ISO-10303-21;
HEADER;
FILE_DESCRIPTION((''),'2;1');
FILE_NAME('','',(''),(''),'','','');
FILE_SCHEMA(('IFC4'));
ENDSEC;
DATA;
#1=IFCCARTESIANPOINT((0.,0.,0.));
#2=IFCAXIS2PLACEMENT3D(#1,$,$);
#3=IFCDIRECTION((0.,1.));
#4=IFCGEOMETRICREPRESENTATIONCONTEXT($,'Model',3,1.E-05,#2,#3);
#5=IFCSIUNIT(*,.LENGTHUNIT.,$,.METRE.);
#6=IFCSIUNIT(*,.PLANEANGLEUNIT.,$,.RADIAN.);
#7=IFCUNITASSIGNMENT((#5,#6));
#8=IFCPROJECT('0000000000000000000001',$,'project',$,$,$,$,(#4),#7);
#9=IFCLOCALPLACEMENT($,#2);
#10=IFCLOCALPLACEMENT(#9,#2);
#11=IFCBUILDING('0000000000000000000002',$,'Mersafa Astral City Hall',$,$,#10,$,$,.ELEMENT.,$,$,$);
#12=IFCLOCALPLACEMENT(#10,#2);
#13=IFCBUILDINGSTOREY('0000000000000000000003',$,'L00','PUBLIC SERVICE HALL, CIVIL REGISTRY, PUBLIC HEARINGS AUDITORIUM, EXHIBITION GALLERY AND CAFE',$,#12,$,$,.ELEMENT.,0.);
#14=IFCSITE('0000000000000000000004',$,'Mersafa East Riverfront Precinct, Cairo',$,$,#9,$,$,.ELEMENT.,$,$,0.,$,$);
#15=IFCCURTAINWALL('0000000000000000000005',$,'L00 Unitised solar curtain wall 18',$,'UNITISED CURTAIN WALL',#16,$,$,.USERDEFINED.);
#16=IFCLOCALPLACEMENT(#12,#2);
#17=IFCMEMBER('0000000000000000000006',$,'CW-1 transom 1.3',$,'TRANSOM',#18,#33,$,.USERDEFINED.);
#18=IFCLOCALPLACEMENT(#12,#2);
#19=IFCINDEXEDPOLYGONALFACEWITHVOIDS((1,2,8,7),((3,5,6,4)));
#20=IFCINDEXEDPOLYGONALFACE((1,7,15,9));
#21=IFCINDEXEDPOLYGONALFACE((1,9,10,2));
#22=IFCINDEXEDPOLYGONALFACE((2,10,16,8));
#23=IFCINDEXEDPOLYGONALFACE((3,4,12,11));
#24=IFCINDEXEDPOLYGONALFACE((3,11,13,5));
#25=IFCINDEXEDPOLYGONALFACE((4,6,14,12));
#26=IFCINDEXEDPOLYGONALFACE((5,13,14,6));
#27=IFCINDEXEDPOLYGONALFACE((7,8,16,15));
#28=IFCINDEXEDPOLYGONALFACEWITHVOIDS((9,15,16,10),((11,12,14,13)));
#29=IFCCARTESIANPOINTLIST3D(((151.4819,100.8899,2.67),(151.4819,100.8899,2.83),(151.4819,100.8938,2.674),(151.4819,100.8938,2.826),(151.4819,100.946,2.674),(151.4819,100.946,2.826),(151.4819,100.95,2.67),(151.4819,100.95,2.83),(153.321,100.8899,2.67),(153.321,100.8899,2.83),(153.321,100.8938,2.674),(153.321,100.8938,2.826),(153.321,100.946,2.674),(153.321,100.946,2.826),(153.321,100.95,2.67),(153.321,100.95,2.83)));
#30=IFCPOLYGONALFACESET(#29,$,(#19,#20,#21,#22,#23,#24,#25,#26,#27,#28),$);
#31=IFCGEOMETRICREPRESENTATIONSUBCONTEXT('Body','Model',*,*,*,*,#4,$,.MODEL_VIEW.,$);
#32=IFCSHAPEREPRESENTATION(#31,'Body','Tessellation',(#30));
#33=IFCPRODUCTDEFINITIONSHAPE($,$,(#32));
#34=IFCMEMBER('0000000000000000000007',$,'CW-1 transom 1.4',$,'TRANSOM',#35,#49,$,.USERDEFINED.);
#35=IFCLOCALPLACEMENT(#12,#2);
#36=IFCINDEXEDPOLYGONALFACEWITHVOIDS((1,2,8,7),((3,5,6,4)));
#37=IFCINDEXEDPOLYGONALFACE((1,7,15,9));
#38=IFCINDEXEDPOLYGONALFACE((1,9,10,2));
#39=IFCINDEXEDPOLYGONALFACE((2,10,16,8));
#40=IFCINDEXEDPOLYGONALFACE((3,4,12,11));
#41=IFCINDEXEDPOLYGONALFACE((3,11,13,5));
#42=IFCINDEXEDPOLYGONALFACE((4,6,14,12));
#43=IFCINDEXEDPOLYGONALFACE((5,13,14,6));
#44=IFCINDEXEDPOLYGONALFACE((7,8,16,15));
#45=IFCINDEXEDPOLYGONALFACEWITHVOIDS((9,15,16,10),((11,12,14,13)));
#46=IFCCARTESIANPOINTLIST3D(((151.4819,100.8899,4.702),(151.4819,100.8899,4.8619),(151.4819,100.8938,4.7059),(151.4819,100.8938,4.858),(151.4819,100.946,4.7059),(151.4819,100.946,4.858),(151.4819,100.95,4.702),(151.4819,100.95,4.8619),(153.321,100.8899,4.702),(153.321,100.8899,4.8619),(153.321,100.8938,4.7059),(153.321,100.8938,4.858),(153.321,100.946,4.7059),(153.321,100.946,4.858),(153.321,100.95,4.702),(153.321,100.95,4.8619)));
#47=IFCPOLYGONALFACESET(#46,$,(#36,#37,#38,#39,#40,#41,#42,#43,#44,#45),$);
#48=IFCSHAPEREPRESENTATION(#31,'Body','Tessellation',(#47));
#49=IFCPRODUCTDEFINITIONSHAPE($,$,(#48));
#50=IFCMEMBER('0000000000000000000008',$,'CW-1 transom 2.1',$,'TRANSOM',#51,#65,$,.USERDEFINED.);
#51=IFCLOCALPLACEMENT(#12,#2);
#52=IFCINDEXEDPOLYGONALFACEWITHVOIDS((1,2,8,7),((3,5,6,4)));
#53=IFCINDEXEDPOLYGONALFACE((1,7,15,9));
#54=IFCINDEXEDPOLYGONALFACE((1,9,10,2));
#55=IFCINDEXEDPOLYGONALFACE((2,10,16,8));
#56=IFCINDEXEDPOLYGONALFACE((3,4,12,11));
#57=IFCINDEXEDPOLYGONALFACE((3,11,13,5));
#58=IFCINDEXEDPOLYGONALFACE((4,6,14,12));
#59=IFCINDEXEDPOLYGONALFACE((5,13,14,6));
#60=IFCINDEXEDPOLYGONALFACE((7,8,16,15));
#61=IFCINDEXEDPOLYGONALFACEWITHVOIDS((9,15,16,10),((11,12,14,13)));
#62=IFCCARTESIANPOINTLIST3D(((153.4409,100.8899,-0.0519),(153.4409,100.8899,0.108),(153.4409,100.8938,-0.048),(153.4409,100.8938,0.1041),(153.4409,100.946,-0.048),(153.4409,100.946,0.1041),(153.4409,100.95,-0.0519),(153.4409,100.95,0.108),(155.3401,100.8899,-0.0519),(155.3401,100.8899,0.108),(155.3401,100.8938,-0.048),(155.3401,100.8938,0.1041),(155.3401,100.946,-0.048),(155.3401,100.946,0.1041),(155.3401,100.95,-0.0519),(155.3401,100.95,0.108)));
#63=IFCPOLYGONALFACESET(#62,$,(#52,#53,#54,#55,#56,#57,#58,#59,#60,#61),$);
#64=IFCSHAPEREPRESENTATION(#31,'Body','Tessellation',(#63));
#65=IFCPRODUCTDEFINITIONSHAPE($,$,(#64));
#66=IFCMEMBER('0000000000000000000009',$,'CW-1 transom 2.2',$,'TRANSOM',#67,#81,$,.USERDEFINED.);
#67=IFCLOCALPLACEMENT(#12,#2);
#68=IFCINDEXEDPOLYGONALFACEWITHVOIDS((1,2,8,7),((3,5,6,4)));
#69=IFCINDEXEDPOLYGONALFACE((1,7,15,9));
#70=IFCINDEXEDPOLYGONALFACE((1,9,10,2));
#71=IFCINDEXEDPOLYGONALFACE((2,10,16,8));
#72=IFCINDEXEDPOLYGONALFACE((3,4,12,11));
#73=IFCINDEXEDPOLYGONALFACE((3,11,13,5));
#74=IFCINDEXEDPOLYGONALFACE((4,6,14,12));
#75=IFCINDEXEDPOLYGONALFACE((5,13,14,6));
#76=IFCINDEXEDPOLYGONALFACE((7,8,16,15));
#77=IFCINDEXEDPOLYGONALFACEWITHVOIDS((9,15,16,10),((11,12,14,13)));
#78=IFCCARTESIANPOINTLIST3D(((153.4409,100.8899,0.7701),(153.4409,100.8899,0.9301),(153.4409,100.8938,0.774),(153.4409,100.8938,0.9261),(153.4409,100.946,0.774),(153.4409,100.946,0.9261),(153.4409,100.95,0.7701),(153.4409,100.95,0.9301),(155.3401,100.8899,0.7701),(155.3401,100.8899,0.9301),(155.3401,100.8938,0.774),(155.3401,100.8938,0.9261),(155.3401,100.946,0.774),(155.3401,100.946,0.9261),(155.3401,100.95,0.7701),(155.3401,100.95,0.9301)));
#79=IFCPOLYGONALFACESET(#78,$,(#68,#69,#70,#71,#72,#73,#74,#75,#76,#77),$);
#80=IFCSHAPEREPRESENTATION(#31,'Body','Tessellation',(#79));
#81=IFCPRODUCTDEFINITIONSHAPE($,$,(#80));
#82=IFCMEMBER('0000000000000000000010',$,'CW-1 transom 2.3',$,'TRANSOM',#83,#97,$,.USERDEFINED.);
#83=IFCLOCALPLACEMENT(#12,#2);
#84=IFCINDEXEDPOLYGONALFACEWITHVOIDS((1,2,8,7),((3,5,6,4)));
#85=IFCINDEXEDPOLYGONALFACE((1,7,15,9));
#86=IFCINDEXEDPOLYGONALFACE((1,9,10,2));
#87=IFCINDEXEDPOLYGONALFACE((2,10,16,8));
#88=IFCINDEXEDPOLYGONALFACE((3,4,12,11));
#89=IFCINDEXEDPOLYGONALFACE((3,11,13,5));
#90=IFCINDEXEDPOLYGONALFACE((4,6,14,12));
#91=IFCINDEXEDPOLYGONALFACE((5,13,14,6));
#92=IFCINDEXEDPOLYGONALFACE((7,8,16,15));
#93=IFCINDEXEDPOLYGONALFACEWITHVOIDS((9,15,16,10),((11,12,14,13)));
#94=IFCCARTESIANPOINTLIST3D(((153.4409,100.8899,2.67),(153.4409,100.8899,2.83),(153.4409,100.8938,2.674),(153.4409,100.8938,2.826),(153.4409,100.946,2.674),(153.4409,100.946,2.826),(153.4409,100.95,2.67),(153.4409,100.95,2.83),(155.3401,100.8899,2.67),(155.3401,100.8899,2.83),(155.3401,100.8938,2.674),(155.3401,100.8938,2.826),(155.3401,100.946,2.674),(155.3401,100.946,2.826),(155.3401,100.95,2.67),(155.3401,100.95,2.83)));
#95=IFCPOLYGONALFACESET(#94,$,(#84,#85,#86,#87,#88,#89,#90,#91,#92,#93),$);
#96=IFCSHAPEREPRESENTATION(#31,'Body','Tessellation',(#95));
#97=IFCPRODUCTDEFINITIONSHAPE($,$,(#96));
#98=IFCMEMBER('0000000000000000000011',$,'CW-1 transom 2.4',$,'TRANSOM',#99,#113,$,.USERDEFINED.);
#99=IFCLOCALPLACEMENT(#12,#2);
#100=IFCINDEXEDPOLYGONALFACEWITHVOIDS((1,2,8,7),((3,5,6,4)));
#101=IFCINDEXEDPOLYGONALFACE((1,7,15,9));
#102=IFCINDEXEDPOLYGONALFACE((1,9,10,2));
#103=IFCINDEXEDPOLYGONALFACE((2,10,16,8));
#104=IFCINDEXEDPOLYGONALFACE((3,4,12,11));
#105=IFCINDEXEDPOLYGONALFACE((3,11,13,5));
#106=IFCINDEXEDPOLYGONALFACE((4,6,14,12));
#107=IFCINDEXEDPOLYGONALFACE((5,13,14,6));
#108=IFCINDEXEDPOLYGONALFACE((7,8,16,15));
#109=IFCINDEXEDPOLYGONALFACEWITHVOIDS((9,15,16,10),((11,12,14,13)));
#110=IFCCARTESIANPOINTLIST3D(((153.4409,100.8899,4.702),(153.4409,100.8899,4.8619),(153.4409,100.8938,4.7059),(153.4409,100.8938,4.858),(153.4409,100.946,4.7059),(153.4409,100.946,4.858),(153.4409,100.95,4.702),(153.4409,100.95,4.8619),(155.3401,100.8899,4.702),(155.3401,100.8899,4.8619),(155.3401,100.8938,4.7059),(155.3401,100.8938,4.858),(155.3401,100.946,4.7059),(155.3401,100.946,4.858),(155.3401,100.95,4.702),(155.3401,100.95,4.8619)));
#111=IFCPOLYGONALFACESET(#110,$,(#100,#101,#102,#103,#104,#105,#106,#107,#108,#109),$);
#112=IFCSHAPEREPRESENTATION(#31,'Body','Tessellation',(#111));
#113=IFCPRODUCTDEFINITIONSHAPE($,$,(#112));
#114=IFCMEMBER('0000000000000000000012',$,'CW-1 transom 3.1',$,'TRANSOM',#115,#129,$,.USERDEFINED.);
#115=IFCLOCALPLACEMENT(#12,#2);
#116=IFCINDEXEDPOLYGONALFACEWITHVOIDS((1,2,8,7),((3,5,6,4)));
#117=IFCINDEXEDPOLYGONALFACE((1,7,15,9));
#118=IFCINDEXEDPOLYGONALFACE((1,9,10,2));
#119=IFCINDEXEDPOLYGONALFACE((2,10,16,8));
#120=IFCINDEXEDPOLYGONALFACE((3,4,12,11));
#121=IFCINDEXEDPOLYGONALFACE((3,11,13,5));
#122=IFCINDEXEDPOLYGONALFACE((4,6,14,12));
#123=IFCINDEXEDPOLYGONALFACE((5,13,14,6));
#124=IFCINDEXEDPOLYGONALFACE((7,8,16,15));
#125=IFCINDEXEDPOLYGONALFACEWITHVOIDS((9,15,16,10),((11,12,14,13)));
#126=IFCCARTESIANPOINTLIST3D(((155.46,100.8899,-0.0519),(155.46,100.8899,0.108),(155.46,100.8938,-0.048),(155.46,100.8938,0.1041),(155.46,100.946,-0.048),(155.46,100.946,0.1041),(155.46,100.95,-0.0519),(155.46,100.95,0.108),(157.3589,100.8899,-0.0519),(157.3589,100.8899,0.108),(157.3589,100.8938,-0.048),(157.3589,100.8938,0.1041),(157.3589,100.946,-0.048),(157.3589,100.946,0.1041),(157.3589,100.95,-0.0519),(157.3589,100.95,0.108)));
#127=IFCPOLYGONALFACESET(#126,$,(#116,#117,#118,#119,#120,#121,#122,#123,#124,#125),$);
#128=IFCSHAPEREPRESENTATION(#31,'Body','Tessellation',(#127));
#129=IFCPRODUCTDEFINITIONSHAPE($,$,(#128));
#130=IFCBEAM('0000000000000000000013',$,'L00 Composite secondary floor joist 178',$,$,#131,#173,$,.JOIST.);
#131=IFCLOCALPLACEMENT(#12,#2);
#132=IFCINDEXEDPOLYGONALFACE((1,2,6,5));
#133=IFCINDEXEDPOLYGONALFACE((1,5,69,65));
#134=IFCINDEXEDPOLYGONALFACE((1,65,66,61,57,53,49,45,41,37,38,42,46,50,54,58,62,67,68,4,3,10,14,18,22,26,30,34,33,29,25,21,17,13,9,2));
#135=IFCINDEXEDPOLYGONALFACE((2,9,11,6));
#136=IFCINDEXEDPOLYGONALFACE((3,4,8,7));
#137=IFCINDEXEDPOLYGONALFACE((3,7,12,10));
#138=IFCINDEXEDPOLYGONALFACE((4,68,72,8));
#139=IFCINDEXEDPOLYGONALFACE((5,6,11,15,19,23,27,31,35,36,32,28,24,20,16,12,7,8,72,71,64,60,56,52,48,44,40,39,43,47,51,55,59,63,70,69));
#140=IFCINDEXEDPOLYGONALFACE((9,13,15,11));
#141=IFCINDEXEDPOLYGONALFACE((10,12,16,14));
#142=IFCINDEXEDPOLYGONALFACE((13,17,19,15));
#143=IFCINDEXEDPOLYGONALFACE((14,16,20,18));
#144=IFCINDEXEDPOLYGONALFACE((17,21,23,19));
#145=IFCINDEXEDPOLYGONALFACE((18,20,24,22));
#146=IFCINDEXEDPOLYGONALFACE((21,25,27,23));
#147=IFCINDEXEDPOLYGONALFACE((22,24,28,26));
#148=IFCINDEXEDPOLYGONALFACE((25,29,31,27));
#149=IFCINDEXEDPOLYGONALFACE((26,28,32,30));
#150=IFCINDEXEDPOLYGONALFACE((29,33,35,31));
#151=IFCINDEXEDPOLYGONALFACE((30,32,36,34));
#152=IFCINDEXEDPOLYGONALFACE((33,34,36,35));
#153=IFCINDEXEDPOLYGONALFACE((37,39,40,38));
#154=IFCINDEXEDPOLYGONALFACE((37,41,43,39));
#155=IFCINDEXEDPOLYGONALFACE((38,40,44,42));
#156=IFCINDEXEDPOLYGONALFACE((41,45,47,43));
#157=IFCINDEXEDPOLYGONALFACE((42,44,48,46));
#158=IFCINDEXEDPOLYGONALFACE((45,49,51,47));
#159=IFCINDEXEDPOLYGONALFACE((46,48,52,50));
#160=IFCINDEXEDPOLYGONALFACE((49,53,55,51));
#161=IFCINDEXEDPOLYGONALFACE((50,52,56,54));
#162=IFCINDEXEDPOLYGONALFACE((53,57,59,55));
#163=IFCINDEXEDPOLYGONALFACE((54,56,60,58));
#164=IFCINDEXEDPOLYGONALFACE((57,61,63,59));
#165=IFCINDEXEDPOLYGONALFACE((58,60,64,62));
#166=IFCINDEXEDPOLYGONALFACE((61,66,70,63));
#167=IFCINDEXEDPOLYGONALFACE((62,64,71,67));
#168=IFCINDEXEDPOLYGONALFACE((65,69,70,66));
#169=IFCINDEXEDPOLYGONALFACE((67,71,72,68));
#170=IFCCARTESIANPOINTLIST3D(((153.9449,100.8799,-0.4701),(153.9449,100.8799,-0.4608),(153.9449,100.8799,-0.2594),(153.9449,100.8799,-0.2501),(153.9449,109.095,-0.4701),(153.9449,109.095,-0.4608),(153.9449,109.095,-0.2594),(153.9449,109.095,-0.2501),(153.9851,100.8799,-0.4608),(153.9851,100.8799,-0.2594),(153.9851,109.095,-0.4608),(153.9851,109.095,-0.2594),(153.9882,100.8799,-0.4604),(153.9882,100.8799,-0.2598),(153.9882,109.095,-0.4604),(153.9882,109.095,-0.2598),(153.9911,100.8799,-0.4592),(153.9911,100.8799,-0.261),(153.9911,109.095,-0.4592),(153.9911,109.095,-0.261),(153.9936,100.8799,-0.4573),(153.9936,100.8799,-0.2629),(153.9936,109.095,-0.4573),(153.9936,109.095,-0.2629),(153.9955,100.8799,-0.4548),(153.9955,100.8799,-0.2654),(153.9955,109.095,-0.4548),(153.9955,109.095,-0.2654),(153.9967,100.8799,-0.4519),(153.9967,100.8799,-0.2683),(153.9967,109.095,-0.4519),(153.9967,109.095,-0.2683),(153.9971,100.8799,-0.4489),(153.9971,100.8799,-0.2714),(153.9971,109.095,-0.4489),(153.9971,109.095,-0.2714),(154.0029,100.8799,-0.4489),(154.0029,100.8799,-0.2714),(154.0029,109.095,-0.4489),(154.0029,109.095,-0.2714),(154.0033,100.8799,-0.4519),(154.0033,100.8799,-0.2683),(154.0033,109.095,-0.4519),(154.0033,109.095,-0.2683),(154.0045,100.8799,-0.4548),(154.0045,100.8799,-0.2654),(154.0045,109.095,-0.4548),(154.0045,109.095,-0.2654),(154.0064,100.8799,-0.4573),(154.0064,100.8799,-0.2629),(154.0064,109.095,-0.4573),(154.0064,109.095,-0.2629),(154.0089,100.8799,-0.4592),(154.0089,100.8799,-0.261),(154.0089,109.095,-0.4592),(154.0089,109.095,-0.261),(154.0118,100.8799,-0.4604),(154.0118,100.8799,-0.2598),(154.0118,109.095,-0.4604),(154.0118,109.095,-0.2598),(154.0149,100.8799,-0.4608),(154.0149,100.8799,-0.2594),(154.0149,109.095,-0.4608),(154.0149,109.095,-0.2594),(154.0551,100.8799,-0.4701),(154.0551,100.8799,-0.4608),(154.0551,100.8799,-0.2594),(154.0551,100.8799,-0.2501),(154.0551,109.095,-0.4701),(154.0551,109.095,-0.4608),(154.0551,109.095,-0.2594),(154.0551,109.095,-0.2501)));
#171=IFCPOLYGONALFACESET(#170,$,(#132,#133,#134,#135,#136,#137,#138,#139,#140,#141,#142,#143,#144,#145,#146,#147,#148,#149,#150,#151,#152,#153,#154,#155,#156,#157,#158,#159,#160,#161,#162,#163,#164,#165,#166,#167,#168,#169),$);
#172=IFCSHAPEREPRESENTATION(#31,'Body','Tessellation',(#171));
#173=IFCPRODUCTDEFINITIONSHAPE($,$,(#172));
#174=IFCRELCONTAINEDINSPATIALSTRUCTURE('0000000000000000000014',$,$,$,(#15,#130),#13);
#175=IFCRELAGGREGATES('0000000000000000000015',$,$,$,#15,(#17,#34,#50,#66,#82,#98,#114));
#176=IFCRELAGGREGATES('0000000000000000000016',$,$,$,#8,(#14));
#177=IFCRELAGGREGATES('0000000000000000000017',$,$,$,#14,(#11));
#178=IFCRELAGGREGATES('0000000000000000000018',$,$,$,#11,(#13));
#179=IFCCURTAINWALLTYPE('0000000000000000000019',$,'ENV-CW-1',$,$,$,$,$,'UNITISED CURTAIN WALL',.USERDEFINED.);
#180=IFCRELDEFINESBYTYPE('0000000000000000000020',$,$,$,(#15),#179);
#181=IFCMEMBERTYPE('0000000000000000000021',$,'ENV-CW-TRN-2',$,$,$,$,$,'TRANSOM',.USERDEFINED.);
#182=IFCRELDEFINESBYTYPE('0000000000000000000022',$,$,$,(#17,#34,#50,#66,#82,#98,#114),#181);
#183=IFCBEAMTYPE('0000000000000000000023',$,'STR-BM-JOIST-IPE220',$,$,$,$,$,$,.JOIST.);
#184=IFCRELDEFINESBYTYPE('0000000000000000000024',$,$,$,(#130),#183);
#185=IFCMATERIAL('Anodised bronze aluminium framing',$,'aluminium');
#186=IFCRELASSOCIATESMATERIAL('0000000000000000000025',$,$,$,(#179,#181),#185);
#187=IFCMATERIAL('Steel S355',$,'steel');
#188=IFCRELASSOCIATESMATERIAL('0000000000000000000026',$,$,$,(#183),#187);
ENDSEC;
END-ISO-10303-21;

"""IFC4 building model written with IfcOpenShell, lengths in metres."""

from ifc_helpers import new_model, si_unit, direction, frame, origin, origin_2d, place, context, subcontext, project, spatial, hollow_rectangle, i_section, extrude, material, material_profile, profile_set, type_object, element, aggregate, save


model = new_model("IFC4")

# Units and contexts
model_context = context("Model", 3, precision=1e-05, world=origin(), true_north=direction((0.0, 1.0)))
body_context = subcontext(model_context, "Body", "Model", "MODEL_VIEW")
ifc_project = project(units=[si_unit("LENGTHUNIT", "METRE"), si_unit("PLANEANGLEUNIT", "RADIAN")], contexts=[model_context])

# Site, building, storey
site_placement = place(None, origin())
site = spatial("IfcSite", under=ifc_project, at=site_placement, Name="Mersafa East Riverfront Precinct, Cairo", CompositionType="ELEMENT", RefElevation=0.0)
building_placement = place(site_placement, origin())
building = spatial("IfcBuilding", under=site, at=building_placement, Name="Mersafa Astral City Hall", CompositionType="ELEMENT")
storey_placement = place(building_placement, origin())
storey = spatial("IfcBuildingStorey", under=building, at=storey_placement, Name="L00", Description="PUBLIC SERVICE HALL, CIVIL REGISTRY, PUBLIC HEARINGS AUDITORIUM, EXHIBITION GALLERY AND CAFE", CompositionType="ELEMENT", Elevation=0.0)

# Shared definitions
ifc_material_1 = material(Name="Steel S355", Category="steel")

# Curtain wall, members
ifc_material_2 = material(Name="Anodised bronze aluminium framing", Category="aluminium")
curtain_wall_type = type_object("IfcCurtainWallType", Name="ENV-CW-1", ElementType="UNITISED CURTAIN WALL", PredefinedType="USERDEFINED", material=ifc_material_2)
curtain_wall_placement = place(storey_placement, origin())
curtain_wall = element("IfcCurtainWall", 1, at=curtain_wall_placement, inside=storey, type_object=curtain_wall_type, Name="L00 Unitised solar curtain wall 18", ObjectType="UNITISED CURTAIN WALL", PredefinedType="USERDEFINED")
ifc_material_profile_1 = material_profile(ifc_material_2, hollow_rectangle(XDim=0.0601, YDim=0.1599, WallThickness=0.0039, at=origin_2d()), Name="RHS 60x160x4")
ifc_profile_set_1 = profile_set([ifc_material_profile_1], Name="Anodised bronze aluminium framing")
member_type_1 = type_object("IfcMemberType", Name="ENV-CW-TRN-2", ElementType="TRANSOM", PredefinedType="USERDEFINED", material=ifc_profile_set_1)
member_1_placement = place(storey_placement, frame((151.4819, 100.9199, 2.75), z_axis=(1.0, 0.0, 0.0), x_axis=(0.0, 1.0, 0.0)))
member_1 = element("IfcMember", 2, at=member_1_placement, type_object=member_type_1, Name="CW-1 transom 1.3", ObjectType="TRANSOM", PredefinedType="USERDEFINED", context=body_context, shape_type="SweptSolid", body=[
    extrude(hollow_rectangle(XDim=0.0601, YDim=0.1599, WallThickness=0.0039, at=origin_2d()), origin(), (0.0, 0.0, 1.0), 1.8391),
])
member_2_placement = place(storey_placement, frame((151.4819, 100.9199, 4.782), z_axis=(1.0, 0.0, 0.0), x_axis=(0.0, 1.0, 0.0)))
member_2 = element("IfcMember", 3, at=member_2_placement, type_object=member_type_1, Name="CW-1 transom 1.4", ObjectType="TRANSOM", PredefinedType="USERDEFINED", context=body_context, shape_type="SweptSolid", body=[
    extrude(hollow_rectangle(XDim=0.0601, YDim=0.1599, WallThickness=0.0039, at=origin_2d()), origin(), (0.0, 0.0, 1.0), 1.8391),
])
member_3_placement = place(storey_placement, frame((153.4409, 100.9199, 0.0281), z_axis=(1.0, 0.0, 0.0), x_axis=(0.0, 1.0, 0.0)))
member_3 = element("IfcMember", 4, at=member_3_placement, type_object=member_type_1, Name="CW-1 transom 2.1", ObjectType="TRANSOM", PredefinedType="USERDEFINED", context=body_context, shape_type="SweptSolid", body=[
    extrude(hollow_rectangle(XDim=0.0601, YDim=0.1599, WallThickness=0.0039, at=origin_2d()), origin(), (0.0, 0.0, 1.0), 1.8992),
])
member_4_placement = place(storey_placement, frame((153.4409, 100.9199, 0.8501), z_axis=(1.0, 0.0, 0.0), x_axis=(0.0, 1.0, 0.0)))
member_4 = element("IfcMember", 5, at=member_4_placement, type_object=member_type_1, Name="CW-1 transom 2.2", ObjectType="TRANSOM", PredefinedType="USERDEFINED", context=body_context, shape_type="SweptSolid", body=[
    extrude(hollow_rectangle(XDim=0.0601, YDim=0.1599, WallThickness=0.0039, at=origin_2d()), origin(), (0.0, 0.0, 1.0), 1.8992),
])
member_5_placement = place(storey_placement, frame((153.4409, 100.9199, 2.75), z_axis=(1.0, 0.0, 0.0), x_axis=(0.0, 1.0, 0.0)))
member_5 = element("IfcMember", 6, at=member_5_placement, type_object=member_type_1, Name="CW-1 transom 2.3", ObjectType="TRANSOM", PredefinedType="USERDEFINED", context=body_context, shape_type="SweptSolid", body=[
    extrude(hollow_rectangle(XDim=0.0601, YDim=0.1599, WallThickness=0.0039, at=origin_2d()), origin(), (0.0, 0.0, 1.0), 1.8992),
])
member_6_placement = place(storey_placement, frame((153.4409, 100.9199, 4.782), z_axis=(1.0, 0.0, 0.0), x_axis=(0.0, 1.0, 0.0)))
member_6 = element("IfcMember", 7, at=member_6_placement, type_object=member_type_1, Name="CW-1 transom 2.4", ObjectType="TRANSOM", PredefinedType="USERDEFINED", context=body_context, shape_type="SweptSolid", body=[
    extrude(hollow_rectangle(XDim=0.0601, YDim=0.1599, WallThickness=0.0039, at=origin_2d()), origin(), (0.0, 0.0, 1.0), 1.8992),
])
member_7_placement = place(storey_placement, frame((155.46, 100.9199, 0.0281), z_axis=(1.0, 0.0, 0.0), x_axis=(0.0, 1.0, 0.0)))
member_7 = element("IfcMember", 8, at=member_7_placement, type_object=member_type_1, Name="CW-1 transom 3.1", ObjectType="TRANSOM", PredefinedType="USERDEFINED", context=body_context, shape_type="SweptSolid", body=[
    extrude(hollow_rectangle(XDim=0.0601, YDim=0.1599, WallThickness=0.0039, at=origin_2d()), origin(), (0.0, 0.0, 1.0), 1.8989),
])

# Beam
ifc_material_profile_2 = material_profile(ifc_material_1, i_section(OverallWidth=0.1101, OverallDepth=0.22, WebThickness=0.0059, FlangeThickness=0.0093, FilletRadius=0.012, at=origin_2d()), Name="IPE 220")
ifc_profile_set_2 = profile_set([ifc_material_profile_2], Name="Steel S355")
beam_type_1 = type_object("IfcBeamType", Name="STR-BM-JOIST-IPE220", PredefinedType="JOIST", material=ifc_profile_set_2)
for number, where, z_axis, x_axis, name in (
    (9, (154.0, 100.8799, -0.3601), (0.0, 1.0, 0.0), (-1.0, 0.0, 0.0), "L00 Composite secondary floor joist 178"),
):
    element("IfcBeam", number, at=place(storey_placement, frame(where, z_axis=z_axis, x_axis=x_axis)), inside=storey, type_object=beam_type_1, Name=name, PredefinedType="JOIST", context=body_context, shape_type="SweptSolid", body=[
        extrude(i_section(OverallWidth=0.1101, OverallDepth=0.22, WebThickness=0.0059, FlangeThickness=0.0093, FilletRadius=0.012, at=origin_2d()), origin(), (0.0, 0.0, 1.0), 8.2151),
    ])

aggregate(curtain_wall, [member_1, member_2, member_3, member_4, member_5, member_6, member_7])

save(model, "model.ifc")
